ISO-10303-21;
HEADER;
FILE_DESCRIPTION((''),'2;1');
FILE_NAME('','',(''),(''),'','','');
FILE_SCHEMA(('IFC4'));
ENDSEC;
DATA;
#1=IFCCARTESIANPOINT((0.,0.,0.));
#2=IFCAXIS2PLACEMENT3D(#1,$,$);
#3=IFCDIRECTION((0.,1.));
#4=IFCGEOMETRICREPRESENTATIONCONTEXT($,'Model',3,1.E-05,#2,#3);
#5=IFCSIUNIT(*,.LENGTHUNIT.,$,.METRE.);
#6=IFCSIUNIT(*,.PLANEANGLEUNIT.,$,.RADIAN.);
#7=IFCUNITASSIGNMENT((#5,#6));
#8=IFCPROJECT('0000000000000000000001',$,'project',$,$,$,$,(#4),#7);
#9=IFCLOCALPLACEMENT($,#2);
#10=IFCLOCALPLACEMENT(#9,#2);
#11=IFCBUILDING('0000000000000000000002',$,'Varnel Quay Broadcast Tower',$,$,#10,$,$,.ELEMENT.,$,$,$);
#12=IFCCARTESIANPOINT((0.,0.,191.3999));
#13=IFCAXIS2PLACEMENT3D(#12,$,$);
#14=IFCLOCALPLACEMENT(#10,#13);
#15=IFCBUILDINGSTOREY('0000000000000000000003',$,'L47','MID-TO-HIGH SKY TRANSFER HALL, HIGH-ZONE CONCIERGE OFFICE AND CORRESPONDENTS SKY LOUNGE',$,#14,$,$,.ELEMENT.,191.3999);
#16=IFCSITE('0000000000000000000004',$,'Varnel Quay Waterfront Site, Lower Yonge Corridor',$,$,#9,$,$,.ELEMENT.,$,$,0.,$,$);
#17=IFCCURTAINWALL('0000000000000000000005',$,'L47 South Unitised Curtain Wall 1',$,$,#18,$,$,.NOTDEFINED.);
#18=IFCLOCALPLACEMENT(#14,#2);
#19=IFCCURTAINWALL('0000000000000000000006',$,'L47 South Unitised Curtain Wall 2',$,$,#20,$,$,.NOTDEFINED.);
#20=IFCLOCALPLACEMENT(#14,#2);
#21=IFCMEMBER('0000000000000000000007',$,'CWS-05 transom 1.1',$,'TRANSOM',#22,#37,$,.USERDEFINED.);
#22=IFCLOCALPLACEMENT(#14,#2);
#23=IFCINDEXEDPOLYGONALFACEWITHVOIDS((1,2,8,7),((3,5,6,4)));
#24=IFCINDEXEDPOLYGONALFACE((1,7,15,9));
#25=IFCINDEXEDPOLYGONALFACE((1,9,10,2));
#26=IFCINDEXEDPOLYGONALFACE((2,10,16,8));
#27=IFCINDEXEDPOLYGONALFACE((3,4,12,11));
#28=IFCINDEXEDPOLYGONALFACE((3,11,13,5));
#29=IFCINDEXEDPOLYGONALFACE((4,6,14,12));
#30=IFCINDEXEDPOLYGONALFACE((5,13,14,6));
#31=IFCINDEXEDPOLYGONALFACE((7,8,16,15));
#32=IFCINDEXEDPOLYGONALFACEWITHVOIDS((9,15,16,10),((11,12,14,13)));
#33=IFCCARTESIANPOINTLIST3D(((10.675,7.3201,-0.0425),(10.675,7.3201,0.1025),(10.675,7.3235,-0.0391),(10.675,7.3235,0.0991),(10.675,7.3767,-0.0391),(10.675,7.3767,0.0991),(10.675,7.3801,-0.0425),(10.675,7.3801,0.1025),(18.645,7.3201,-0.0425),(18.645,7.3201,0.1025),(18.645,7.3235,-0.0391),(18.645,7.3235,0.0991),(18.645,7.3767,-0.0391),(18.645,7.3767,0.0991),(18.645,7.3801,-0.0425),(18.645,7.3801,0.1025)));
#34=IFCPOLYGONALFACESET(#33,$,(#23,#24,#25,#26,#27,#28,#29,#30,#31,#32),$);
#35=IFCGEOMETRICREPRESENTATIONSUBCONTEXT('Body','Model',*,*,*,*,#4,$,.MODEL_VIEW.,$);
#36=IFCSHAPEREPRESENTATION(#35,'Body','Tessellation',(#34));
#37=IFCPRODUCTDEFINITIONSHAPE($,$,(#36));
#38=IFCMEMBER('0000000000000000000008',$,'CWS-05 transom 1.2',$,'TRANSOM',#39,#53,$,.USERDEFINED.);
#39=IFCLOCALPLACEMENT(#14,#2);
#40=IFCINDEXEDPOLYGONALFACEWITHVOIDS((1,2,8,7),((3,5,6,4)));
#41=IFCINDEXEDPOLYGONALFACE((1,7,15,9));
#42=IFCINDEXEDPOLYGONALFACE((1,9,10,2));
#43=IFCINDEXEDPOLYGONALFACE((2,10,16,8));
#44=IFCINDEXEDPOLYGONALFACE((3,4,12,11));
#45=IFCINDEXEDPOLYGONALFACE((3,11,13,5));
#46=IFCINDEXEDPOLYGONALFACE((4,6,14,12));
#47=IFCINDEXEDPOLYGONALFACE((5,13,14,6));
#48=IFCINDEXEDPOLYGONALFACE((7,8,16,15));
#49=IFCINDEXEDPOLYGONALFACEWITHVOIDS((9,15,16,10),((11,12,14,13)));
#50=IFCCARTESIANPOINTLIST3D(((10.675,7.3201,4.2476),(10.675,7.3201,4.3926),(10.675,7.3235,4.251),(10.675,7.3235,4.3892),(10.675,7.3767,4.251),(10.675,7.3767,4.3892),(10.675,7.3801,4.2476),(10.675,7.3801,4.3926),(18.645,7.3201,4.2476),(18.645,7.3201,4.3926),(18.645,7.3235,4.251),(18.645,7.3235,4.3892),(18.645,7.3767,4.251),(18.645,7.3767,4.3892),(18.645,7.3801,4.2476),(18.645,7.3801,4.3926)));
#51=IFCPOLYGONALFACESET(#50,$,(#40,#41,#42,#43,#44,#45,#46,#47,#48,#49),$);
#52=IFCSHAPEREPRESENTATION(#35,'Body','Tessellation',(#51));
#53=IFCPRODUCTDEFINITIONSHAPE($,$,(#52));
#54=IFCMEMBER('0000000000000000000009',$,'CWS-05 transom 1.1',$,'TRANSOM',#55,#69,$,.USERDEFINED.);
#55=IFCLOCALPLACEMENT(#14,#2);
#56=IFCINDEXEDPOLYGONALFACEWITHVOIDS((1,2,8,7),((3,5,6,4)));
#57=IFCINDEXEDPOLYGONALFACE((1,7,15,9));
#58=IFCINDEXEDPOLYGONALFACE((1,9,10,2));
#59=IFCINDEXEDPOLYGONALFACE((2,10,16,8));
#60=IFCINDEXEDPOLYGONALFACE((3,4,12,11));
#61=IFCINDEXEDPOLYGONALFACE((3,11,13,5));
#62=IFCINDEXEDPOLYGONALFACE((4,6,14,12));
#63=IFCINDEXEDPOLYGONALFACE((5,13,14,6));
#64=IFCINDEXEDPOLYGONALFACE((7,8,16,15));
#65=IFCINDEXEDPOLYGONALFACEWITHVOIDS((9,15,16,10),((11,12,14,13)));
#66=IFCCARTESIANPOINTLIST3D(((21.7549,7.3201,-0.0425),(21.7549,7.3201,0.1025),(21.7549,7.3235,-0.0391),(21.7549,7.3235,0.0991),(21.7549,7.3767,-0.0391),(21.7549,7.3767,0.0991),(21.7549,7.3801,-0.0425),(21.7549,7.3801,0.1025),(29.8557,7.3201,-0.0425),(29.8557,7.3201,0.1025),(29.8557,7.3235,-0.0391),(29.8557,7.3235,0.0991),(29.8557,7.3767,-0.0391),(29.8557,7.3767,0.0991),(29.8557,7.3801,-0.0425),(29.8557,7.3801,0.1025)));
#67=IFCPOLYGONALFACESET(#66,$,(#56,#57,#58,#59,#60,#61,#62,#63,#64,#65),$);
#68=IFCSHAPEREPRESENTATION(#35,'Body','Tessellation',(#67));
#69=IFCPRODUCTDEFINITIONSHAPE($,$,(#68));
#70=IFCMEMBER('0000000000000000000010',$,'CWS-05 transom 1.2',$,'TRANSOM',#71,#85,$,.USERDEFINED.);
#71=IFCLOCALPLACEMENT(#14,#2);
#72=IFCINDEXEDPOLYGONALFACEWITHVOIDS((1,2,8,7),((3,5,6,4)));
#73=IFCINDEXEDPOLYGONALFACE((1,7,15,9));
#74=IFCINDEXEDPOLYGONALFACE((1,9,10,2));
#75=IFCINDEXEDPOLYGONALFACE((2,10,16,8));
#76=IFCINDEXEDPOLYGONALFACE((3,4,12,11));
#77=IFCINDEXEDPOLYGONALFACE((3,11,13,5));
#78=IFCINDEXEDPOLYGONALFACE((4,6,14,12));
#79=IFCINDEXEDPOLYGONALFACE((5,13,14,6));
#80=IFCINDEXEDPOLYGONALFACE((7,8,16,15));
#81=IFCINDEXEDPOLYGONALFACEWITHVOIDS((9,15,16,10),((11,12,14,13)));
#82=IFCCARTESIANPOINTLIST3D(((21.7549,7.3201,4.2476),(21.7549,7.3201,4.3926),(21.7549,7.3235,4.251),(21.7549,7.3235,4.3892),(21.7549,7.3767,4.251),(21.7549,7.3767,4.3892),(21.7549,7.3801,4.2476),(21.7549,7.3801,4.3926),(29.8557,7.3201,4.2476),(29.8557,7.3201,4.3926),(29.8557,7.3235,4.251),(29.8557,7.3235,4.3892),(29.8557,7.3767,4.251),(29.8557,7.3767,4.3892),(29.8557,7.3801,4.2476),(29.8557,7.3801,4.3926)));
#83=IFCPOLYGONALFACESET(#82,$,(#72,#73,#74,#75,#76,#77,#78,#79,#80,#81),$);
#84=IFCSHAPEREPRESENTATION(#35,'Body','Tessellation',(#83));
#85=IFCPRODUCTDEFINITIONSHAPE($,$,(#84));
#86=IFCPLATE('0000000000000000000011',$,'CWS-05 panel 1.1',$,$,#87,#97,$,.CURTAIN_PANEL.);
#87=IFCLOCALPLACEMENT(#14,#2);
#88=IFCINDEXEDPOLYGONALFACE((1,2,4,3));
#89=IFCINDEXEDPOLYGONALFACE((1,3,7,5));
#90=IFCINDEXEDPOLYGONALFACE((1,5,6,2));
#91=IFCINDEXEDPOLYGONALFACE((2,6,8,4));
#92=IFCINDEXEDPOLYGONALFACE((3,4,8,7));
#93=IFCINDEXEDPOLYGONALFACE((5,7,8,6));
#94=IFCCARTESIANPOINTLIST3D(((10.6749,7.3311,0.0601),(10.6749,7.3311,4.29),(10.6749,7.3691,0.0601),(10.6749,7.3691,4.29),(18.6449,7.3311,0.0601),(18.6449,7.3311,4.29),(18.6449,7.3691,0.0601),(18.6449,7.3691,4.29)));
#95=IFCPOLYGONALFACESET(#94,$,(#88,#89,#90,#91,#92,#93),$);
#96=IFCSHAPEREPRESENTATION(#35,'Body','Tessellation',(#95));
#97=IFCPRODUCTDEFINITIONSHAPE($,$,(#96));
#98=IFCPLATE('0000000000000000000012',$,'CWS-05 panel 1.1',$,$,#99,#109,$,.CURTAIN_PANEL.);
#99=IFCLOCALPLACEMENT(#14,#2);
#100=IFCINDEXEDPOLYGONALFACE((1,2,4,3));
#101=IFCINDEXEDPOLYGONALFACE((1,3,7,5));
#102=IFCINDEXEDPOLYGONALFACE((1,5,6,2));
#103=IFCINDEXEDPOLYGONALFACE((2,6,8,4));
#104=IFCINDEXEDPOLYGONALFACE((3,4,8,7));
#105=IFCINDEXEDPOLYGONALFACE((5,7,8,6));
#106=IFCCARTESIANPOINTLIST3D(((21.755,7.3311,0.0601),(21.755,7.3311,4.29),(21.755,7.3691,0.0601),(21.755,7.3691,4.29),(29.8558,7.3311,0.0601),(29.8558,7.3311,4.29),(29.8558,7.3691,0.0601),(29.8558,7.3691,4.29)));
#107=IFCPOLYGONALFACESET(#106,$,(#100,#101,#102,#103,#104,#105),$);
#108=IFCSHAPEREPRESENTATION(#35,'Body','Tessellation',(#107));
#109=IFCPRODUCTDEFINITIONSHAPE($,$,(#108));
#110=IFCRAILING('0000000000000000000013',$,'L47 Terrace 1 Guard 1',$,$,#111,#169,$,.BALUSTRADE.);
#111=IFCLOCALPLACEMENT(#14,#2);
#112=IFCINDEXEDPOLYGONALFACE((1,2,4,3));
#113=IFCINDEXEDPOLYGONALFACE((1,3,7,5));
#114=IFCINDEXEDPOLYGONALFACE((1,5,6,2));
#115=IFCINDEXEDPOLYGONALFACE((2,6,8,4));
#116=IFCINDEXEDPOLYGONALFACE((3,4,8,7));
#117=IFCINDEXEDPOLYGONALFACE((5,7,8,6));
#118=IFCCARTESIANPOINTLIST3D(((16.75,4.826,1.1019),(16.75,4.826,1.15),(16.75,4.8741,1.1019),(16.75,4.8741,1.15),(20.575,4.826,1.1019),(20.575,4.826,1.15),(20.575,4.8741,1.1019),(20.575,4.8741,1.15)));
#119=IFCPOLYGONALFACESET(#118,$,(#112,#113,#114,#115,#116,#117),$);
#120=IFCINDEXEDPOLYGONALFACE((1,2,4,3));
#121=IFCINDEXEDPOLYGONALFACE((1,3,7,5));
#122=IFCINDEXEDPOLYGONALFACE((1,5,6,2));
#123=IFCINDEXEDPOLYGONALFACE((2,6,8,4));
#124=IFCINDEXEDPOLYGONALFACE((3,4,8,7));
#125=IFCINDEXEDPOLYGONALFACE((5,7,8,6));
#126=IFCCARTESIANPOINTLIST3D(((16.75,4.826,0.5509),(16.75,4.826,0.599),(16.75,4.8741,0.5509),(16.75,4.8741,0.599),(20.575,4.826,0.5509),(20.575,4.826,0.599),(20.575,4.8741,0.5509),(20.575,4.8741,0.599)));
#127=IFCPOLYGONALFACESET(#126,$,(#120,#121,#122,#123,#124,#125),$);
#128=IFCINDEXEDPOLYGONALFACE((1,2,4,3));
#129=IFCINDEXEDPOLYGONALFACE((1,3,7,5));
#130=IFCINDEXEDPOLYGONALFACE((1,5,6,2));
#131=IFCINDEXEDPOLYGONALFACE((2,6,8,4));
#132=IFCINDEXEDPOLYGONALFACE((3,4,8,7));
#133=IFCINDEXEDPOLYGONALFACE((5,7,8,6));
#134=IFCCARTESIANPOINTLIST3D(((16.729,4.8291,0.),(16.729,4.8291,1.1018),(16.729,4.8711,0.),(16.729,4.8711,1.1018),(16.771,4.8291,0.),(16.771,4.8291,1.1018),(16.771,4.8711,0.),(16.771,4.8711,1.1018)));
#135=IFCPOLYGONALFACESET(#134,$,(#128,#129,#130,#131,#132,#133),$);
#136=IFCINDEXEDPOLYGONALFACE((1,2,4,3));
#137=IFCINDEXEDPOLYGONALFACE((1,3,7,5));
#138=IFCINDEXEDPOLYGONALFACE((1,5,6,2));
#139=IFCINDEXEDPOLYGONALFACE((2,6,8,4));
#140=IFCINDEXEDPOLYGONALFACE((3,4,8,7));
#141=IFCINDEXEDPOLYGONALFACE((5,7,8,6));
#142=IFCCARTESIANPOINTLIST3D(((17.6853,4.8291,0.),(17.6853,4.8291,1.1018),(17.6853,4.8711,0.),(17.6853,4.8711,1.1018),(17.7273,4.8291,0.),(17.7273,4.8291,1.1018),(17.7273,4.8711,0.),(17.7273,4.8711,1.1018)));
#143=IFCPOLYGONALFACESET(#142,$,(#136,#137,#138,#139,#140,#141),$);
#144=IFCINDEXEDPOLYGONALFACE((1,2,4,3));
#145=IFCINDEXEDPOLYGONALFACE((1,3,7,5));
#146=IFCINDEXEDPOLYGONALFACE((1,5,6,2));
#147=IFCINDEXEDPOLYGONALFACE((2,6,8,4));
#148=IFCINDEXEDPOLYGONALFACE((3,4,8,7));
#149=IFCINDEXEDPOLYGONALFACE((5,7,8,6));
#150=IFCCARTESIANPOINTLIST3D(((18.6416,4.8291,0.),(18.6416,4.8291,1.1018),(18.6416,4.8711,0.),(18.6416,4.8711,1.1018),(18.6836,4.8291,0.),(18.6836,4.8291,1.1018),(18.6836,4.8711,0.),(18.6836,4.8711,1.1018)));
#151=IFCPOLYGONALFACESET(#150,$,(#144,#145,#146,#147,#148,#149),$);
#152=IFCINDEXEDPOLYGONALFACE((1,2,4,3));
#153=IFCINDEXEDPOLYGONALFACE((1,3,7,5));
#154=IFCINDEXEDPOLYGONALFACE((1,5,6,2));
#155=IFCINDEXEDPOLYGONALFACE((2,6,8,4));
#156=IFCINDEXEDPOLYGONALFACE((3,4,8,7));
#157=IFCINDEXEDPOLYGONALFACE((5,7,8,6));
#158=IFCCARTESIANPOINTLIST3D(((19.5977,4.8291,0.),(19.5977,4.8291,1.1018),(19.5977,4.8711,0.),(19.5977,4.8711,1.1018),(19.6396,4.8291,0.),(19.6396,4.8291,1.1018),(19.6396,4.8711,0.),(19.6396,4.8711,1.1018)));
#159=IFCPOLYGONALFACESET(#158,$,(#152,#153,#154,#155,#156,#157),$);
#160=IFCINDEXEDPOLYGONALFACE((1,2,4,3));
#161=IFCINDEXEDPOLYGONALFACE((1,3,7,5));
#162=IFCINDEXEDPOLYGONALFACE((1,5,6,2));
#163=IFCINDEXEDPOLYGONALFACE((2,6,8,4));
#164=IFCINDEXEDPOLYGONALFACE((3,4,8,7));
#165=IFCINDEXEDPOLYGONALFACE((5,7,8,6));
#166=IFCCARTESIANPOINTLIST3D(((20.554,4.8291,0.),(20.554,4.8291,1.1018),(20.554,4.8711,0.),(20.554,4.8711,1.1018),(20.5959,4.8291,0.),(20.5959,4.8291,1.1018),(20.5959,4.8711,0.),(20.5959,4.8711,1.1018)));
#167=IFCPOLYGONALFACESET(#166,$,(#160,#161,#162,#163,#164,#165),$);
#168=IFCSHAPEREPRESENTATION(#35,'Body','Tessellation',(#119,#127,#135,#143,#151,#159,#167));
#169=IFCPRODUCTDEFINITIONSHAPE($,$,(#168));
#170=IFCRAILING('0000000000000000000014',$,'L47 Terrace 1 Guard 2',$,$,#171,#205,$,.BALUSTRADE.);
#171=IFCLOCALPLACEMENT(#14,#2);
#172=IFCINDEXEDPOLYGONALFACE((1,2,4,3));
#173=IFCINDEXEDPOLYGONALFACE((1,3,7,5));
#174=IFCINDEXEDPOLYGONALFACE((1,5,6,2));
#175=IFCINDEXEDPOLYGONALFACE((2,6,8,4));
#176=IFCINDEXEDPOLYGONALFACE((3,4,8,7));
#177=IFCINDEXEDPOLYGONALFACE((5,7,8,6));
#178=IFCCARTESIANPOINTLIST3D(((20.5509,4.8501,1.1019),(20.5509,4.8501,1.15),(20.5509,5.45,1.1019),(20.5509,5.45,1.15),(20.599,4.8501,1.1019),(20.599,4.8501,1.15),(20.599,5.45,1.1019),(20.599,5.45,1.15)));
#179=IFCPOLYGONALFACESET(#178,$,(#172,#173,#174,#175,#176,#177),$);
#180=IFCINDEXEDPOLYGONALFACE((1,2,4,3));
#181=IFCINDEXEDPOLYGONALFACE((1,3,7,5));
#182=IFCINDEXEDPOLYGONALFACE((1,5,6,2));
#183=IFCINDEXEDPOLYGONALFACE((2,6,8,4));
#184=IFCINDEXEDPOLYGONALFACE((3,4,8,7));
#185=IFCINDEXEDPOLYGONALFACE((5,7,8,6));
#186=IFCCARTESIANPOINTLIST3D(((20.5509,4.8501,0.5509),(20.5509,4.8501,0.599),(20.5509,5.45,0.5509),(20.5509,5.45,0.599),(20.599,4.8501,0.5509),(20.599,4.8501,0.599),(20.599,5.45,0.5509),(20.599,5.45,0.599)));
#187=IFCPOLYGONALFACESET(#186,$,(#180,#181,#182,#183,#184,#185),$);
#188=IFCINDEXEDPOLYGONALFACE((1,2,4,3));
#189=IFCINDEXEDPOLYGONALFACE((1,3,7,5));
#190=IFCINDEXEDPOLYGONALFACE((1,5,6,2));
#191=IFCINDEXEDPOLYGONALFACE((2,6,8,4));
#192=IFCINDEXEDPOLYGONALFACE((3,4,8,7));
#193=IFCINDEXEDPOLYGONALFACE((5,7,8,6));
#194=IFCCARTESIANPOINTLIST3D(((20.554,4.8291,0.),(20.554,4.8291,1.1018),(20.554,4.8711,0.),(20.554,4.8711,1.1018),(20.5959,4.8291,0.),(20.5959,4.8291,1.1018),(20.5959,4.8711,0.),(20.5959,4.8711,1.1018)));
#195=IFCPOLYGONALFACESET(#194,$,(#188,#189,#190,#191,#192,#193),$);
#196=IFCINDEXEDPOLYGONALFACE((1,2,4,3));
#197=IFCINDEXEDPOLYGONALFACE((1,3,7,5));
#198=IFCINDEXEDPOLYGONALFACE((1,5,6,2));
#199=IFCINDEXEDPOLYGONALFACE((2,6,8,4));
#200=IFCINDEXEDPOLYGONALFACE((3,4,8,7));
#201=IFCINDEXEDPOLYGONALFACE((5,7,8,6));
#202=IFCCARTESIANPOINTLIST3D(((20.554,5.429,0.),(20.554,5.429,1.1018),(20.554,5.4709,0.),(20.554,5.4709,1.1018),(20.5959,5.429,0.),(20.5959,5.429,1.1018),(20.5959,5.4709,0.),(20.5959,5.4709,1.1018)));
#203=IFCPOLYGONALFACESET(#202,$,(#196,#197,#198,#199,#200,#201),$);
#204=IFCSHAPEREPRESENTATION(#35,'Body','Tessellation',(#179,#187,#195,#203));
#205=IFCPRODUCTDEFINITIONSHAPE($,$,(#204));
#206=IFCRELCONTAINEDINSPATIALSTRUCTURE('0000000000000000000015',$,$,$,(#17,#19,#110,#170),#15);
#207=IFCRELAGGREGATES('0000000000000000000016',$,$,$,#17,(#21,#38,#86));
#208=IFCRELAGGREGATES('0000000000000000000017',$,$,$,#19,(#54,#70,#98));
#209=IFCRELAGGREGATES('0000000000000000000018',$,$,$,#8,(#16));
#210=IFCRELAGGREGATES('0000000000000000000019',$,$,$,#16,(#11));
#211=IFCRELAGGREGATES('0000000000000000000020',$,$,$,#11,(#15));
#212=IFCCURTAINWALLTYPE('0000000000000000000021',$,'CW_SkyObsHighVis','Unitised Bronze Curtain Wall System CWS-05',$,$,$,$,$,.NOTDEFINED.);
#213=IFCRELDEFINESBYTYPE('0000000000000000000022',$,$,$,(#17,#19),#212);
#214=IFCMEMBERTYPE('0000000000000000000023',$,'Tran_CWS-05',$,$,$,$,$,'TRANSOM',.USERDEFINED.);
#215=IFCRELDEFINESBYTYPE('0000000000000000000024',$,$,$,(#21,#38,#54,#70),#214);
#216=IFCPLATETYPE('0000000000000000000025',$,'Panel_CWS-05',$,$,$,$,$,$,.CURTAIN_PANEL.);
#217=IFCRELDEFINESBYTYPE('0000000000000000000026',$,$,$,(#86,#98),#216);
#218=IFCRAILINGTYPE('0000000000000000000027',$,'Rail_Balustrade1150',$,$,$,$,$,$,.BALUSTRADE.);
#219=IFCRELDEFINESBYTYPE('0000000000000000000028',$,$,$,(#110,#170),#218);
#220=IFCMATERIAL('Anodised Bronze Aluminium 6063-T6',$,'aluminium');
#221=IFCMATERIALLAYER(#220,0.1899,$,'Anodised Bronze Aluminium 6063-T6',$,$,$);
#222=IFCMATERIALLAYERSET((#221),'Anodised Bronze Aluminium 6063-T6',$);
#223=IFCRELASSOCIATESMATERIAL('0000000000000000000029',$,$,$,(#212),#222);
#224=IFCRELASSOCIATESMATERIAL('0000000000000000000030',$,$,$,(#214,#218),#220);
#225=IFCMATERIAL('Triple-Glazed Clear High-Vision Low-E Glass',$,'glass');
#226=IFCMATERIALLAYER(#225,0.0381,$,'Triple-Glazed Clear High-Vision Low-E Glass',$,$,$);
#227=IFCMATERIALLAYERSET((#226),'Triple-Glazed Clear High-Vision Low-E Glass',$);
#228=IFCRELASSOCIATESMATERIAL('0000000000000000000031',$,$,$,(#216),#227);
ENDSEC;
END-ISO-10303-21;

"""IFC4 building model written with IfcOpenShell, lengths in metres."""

from ifc_helpers import new_model, si_unit, direction, frame, origin, origin_2d, place, context, subcontext, project, spatial, rectangle, hollow_rectangle, extrude, source, transform, mapped, material, layer, layer_set, material_profile, profile_set, type_object, type_shapes, element, aggregate, save


model = new_model("IFC4")

# Units and contexts
model_context = context("Model", 3, precision=1e-05, world=origin(), true_north=direction((0.0, 1.0)))
body_context = subcontext(model_context, "Body", "Model", "MODEL_VIEW")
ifc_project = project(units=[si_unit("LENGTHUNIT", "METRE"), si_unit("PLANEANGLEUNIT", "RADIAN")], contexts=[model_context])

# Site, building, storey
site_placement = place(None, origin())
site = spatial("IfcSite", under=ifc_project, at=site_placement, Name="Varnel Quay Waterfront Site, Lower Yonge Corridor", CompositionType="ELEMENT", RefElevation=0.0)
building_placement = place(site_placement, origin())
building = spatial("IfcBuilding", under=site, at=building_placement, Name="Varnel Quay Broadcast Tower", CompositionType="ELEMENT")
storey_placement = place(building_placement, frame((0.0, 0.0, 191.3999)))
storey = spatial("IfcBuildingStorey", under=building, at=storey_placement, Name="L47", Description="MID-TO-HIGH SKY TRANSFER HALL, HIGH-ZONE CONCIERGE OFFICE AND CORRESPONDENTS SKY LOUNGE", CompositionType="ELEMENT", Elevation=191.3999)

# Curtain wall
ifc_material_1 = material(Name="Anodised Bronze Aluminium 6063-T6", Category="aluminium")
ifc_layer_1 = layer(ifc_material_1, 0.1899, Name="Anodised Bronze Aluminium 6063-T6")
ifc_layer_set_1 = layer_set([ifc_layer_1], Name="Anodised Bronze Aluminium 6063-T6")
curtain_wall_type_1 = type_object("IfcCurtainWallType", Name="CW_SkyObsHighVis", Description="Unitised Bronze Curtain Wall System CWS-05", PredefinedType="NOTDEFINED", material=ifc_layer_set_1)
curtain_wall_1_placement = place(storey_placement, origin())
curtain_wall_1 = element("IfcCurtainWall", 1, at=curtain_wall_1_placement, inside=storey, type_object=curtain_wall_type_1, Name="L47 South Unitised Curtain Wall 1", PredefinedType="NOTDEFINED")

# Curtain wall
curtain_wall_2_placement = place(storey_placement, origin())
curtain_wall_2 = element("IfcCurtainWall", 2, at=curtain_wall_2_placement, inside=storey, type_object=curtain_wall_type_1, Name="L47 South Unitised Curtain Wall 2", PredefinedType="NOTDEFINED")

# Members
ifc_material_profile_1 = material_profile(ifc_material_1, hollow_rectangle(XDim=0.0601, YDim=0.145, WallThickness=0.0034, at=origin_2d()), Name="ALU60X145X3.5")
ifc_profile_set_1 = profile_set([ifc_material_profile_1], Name="Anodised Bronze Aluminium 6063-T6")
member_type_1 = type_object("IfcMemberType", Name="Tran_CWS-05", ElementType="TRANSOM", PredefinedType="USERDEFINED", material=ifc_profile_set_1)
shared_shape_1 = source(origin(), body_context, "Body", "SweptSolid", [
    extrude(hollow_rectangle(XDim=0.0601, YDim=0.145, WallThickness=0.0034, at=origin_2d()), origin(), (0.0, 0.0, 1.0), 7.97),
])
member_1_placement = place(storey_placement, frame((10.675, 7.3501, 0.03), z_axis=(1.0, 0.0, 0.0), x_axis=(0.0, 1.0, 0.0)))
member_1 = element("IfcMember", 3, at=member_1_placement, type_object=member_type_1, Name="CWS-05 transom 1.1", ObjectType="TRANSOM", PredefinedType="USERDEFINED", context=body_context, shape_type="MappedRepresentation", body=[
    mapped(shared_shape_1, transform((0.0, 0.0, 0.0), x_axis=(1.0, 0.0, 0.0), y_axis=(0.0, 1.0, 0.0), z_axis=(0.0, 0.0, 1.0), scale=1.0)),
])
member_2_placement = place(storey_placement, frame((10.675, 7.3501, 4.3201), z_axis=(1.0, 0.0, 0.0), x_axis=(0.0, 1.0, 0.0)))
member_2 = element("IfcMember", 4, at=member_2_placement, type_object=member_type_1, Name="CWS-05 transom 1.2", ObjectType="TRANSOM", PredefinedType="USERDEFINED", context=body_context, shape_type="MappedRepresentation", body=[
    mapped(shared_shape_1, transform((0.0, 0.0, 0.0), x_axis=(1.0, 0.0, 0.0), y_axis=(0.0, 1.0, 0.0), z_axis=(0.0, 0.0, 1.0), scale=1.0)),
])
shared_shape_2 = source(origin(), body_context, "Body", "SweptSolid", [
    extrude(hollow_rectangle(XDim=0.0601, YDim=0.145, WallThickness=0.0034, at=origin_2d()), origin(), (0.0, 0.0, 1.0), 8.1008),
])
type_shapes(member_type_1, [shared_shape_1, shared_shape_2])
member_3_placement = place(storey_placement, frame((21.7549, 7.3501, 0.03), z_axis=(1.0, 0.0, 0.0), x_axis=(0.0, 1.0, 0.0)))
member_3 = element("IfcMember", 5, at=member_3_placement, type_object=member_type_1, Name="CWS-05 transom 1.1", ObjectType="TRANSOM", PredefinedType="USERDEFINED", context=body_context, shape_type="MappedRepresentation", body=[
    mapped(shared_shape_2, transform((0.0, 0.0, 0.0), x_axis=(1.0, 0.0, 0.0), y_axis=(0.0, 1.0, 0.0), z_axis=(0.0, 0.0, 1.0), scale=1.0)),
])
member_4_placement = place(storey_placement, frame((21.7549, 7.3501, 4.3201), z_axis=(1.0, 0.0, 0.0), x_axis=(0.0, 1.0, 0.0)))
member_4 = element("IfcMember", 6, at=member_4_placement, type_object=member_type_1, Name="CWS-05 transom 1.2", ObjectType="TRANSOM", PredefinedType="USERDEFINED", context=body_context, shape_type="MappedRepresentation", body=[
    mapped(shared_shape_2, transform((0.0, 0.0, 0.0), x_axis=(1.0, 0.0, 0.0), y_axis=(0.0, 1.0, 0.0), z_axis=(0.0, 0.0, 1.0), scale=1.0)),
])

# Plates
ifc_material_2 = material(Name="Triple-Glazed Clear High-Vision Low-E Glass", Category="glass")
ifc_layer_2 = layer(ifc_material_2, 0.0381, Name="Triple-Glazed Clear High-Vision Low-E Glass")
ifc_layer_set_2 = layer_set([ifc_layer_2], Name="Triple-Glazed Clear High-Vision Low-E Glass")
plate_type = type_object("IfcPlateType", Name="Panel_CWS-05", PredefinedType="CURTAIN_PANEL", material=ifc_layer_set_2)
shared_shape_3 = source(origin(), body_context, "Body", "SweptSolid", [
    extrude(rectangle(XDim=7.97, YDim=0.0381, at=origin_2d()), origin(), (0.0, 0.0, 1.0), 4.23),
])
plate_1_placement = place(storey_placement, frame((14.6599, 7.3501, 0.0601), z_axis=(0.0, 0.0, 1.0), x_axis=(1.0, 0.0, 0.0)))
plate_1 = element("IfcPlate", 7, at=plate_1_placement, type_object=plate_type, Name="CWS-05 panel 1.1", PredefinedType="CURTAIN_PANEL", context=body_context, shape_type="MappedRepresentation", body=[
    mapped(shared_shape_3, transform((0.0, 0.0, 0.0), x_axis=(1.0, 0.0, 0.0), y_axis=(0.0, 1.0, 0.0), z_axis=(0.0, 0.0, 1.0), scale=1.0)),
])
aggregate(curtain_wall_1, [member_1, member_2, plate_1])
shared_shape_4 = source(origin(), body_context, "Body", "SweptSolid", [
    extrude(rectangle(XDim=8.1008, YDim=0.0381, at=origin_2d()), origin(), (0.0, 0.0, 1.0), 4.23),
])
type_shapes(plate_type, [shared_shape_3, shared_shape_4])
plate_2_placement = place(storey_placement, frame((25.8054, 7.3501, 0.0601), z_axis=(0.0, 0.0, 1.0), x_axis=(1.0, 0.0, 0.0)))
plate_2 = element("IfcPlate", 8, at=plate_2_placement, type_object=plate_type, Name="CWS-05 panel 1.1", PredefinedType="CURTAIN_PANEL", context=body_context, shape_type="MappedRepresentation", body=[
    mapped(shared_shape_4, transform((0.0, 0.0, 0.0), x_axis=(1.0, 0.0, 0.0), y_axis=(0.0, 1.0, 0.0), z_axis=(0.0, 0.0, 1.0), scale=1.0)),
])
aggregate(curtain_wall_2, [member_3, member_4, plate_2])

# Railings
railing_type = type_object("IfcRailingType", Name="Rail_Balustrade1150", PredefinedType="BALUSTRADE", material=ifc_material_1)
railing_1_placement = place(storey_placement, frame((16.75, 4.8501, 0.0)))
element("IfcRailing", 9, at=railing_1_placement, inside=storey, type_object=railing_type, Name="L47 Terrace 1 Guard 1", PredefinedType="BALUSTRADE", context=body_context, shape_type="SweptSolid", body=[
    extrude(rectangle(XDim=0.0481, YDim=0.0481, at=origin_2d()), frame((0.0, 0.0, 1.126), z_axis=(1.0, 0.0, 0.0), x_axis=(0.0, 1.0, 0.0)), (0.0, 0.0, 1.0), 3.825),
    extrude(rectangle(XDim=0.0481, YDim=0.0481, at=origin_2d()), frame((0.0, 0.0, 0.575), z_axis=(1.0, 0.0, 0.0), x_axis=(0.0, 1.0, 0.0)), (0.0, 0.0, 1.0), 3.825),
    extrude(rectangle(XDim=0.042, YDim=0.042, at=origin_2d()), origin(), (0.0, 0.0, 1.0), 1.1018),
    extrude(rectangle(XDim=0.042, YDim=0.042, at=origin_2d()), frame((0.9563, 0.0, 0.0)), (0.0, 0.0, 1.0), 1.1018),
    extrude(rectangle(XDim=0.042, YDim=0.042, at=origin_2d()), frame((1.9126, 0.0, 0.0)), (0.0, 0.0, 1.0), 1.1018),
    extrude(rectangle(XDim=0.042, YDim=0.042, at=origin_2d()), frame((2.8687, 0.0, 0.0)), (0.0, 0.0, 1.0), 1.1018),
    extrude(rectangle(XDim=0.042, YDim=0.042, at=origin_2d()), frame((3.825, 0.0, 0.0)), (0.0, 0.0, 1.0), 1.1018),
])
railing_2_placement = place(storey_placement, frame((20.575, 4.8501, 0.0)))
element("IfcRailing", 10, at=railing_2_placement, inside=storey, type_object=railing_type, Name="L47 Terrace 1 Guard 2", PredefinedType="BALUSTRADE", context=body_context, shape_type="SweptSolid", body=[
    extrude(rectangle(XDim=0.0481, YDim=0.0481, at=origin_2d()), frame((0.0, 0.0, 1.126), z_axis=(0.0, 1.0, 0.0), x_axis=(-1.0, 0.0, 0.0)), (0.0, 0.0, 1.0), 0.5999),
    extrude(rectangle(XDim=0.0481, YDim=0.0481, at=origin_2d()), frame((0.0, 0.0, 0.575), z_axis=(0.0, 1.0, 0.0), x_axis=(-1.0, 0.0, 0.0)), (0.0, 0.0, 1.0), 0.5999),
    extrude(rectangle(XDim=0.042, YDim=0.042, at=origin_2d()), origin(), (0.0, 0.0, 1.0), 1.1018),
    extrude(rectangle(XDim=0.042, YDim=0.042, at=origin_2d()), frame((0.0, 0.5999, 0.0)), (0.0, 0.0, 1.0), 1.1018),
])

save(model, "model.ifc")
